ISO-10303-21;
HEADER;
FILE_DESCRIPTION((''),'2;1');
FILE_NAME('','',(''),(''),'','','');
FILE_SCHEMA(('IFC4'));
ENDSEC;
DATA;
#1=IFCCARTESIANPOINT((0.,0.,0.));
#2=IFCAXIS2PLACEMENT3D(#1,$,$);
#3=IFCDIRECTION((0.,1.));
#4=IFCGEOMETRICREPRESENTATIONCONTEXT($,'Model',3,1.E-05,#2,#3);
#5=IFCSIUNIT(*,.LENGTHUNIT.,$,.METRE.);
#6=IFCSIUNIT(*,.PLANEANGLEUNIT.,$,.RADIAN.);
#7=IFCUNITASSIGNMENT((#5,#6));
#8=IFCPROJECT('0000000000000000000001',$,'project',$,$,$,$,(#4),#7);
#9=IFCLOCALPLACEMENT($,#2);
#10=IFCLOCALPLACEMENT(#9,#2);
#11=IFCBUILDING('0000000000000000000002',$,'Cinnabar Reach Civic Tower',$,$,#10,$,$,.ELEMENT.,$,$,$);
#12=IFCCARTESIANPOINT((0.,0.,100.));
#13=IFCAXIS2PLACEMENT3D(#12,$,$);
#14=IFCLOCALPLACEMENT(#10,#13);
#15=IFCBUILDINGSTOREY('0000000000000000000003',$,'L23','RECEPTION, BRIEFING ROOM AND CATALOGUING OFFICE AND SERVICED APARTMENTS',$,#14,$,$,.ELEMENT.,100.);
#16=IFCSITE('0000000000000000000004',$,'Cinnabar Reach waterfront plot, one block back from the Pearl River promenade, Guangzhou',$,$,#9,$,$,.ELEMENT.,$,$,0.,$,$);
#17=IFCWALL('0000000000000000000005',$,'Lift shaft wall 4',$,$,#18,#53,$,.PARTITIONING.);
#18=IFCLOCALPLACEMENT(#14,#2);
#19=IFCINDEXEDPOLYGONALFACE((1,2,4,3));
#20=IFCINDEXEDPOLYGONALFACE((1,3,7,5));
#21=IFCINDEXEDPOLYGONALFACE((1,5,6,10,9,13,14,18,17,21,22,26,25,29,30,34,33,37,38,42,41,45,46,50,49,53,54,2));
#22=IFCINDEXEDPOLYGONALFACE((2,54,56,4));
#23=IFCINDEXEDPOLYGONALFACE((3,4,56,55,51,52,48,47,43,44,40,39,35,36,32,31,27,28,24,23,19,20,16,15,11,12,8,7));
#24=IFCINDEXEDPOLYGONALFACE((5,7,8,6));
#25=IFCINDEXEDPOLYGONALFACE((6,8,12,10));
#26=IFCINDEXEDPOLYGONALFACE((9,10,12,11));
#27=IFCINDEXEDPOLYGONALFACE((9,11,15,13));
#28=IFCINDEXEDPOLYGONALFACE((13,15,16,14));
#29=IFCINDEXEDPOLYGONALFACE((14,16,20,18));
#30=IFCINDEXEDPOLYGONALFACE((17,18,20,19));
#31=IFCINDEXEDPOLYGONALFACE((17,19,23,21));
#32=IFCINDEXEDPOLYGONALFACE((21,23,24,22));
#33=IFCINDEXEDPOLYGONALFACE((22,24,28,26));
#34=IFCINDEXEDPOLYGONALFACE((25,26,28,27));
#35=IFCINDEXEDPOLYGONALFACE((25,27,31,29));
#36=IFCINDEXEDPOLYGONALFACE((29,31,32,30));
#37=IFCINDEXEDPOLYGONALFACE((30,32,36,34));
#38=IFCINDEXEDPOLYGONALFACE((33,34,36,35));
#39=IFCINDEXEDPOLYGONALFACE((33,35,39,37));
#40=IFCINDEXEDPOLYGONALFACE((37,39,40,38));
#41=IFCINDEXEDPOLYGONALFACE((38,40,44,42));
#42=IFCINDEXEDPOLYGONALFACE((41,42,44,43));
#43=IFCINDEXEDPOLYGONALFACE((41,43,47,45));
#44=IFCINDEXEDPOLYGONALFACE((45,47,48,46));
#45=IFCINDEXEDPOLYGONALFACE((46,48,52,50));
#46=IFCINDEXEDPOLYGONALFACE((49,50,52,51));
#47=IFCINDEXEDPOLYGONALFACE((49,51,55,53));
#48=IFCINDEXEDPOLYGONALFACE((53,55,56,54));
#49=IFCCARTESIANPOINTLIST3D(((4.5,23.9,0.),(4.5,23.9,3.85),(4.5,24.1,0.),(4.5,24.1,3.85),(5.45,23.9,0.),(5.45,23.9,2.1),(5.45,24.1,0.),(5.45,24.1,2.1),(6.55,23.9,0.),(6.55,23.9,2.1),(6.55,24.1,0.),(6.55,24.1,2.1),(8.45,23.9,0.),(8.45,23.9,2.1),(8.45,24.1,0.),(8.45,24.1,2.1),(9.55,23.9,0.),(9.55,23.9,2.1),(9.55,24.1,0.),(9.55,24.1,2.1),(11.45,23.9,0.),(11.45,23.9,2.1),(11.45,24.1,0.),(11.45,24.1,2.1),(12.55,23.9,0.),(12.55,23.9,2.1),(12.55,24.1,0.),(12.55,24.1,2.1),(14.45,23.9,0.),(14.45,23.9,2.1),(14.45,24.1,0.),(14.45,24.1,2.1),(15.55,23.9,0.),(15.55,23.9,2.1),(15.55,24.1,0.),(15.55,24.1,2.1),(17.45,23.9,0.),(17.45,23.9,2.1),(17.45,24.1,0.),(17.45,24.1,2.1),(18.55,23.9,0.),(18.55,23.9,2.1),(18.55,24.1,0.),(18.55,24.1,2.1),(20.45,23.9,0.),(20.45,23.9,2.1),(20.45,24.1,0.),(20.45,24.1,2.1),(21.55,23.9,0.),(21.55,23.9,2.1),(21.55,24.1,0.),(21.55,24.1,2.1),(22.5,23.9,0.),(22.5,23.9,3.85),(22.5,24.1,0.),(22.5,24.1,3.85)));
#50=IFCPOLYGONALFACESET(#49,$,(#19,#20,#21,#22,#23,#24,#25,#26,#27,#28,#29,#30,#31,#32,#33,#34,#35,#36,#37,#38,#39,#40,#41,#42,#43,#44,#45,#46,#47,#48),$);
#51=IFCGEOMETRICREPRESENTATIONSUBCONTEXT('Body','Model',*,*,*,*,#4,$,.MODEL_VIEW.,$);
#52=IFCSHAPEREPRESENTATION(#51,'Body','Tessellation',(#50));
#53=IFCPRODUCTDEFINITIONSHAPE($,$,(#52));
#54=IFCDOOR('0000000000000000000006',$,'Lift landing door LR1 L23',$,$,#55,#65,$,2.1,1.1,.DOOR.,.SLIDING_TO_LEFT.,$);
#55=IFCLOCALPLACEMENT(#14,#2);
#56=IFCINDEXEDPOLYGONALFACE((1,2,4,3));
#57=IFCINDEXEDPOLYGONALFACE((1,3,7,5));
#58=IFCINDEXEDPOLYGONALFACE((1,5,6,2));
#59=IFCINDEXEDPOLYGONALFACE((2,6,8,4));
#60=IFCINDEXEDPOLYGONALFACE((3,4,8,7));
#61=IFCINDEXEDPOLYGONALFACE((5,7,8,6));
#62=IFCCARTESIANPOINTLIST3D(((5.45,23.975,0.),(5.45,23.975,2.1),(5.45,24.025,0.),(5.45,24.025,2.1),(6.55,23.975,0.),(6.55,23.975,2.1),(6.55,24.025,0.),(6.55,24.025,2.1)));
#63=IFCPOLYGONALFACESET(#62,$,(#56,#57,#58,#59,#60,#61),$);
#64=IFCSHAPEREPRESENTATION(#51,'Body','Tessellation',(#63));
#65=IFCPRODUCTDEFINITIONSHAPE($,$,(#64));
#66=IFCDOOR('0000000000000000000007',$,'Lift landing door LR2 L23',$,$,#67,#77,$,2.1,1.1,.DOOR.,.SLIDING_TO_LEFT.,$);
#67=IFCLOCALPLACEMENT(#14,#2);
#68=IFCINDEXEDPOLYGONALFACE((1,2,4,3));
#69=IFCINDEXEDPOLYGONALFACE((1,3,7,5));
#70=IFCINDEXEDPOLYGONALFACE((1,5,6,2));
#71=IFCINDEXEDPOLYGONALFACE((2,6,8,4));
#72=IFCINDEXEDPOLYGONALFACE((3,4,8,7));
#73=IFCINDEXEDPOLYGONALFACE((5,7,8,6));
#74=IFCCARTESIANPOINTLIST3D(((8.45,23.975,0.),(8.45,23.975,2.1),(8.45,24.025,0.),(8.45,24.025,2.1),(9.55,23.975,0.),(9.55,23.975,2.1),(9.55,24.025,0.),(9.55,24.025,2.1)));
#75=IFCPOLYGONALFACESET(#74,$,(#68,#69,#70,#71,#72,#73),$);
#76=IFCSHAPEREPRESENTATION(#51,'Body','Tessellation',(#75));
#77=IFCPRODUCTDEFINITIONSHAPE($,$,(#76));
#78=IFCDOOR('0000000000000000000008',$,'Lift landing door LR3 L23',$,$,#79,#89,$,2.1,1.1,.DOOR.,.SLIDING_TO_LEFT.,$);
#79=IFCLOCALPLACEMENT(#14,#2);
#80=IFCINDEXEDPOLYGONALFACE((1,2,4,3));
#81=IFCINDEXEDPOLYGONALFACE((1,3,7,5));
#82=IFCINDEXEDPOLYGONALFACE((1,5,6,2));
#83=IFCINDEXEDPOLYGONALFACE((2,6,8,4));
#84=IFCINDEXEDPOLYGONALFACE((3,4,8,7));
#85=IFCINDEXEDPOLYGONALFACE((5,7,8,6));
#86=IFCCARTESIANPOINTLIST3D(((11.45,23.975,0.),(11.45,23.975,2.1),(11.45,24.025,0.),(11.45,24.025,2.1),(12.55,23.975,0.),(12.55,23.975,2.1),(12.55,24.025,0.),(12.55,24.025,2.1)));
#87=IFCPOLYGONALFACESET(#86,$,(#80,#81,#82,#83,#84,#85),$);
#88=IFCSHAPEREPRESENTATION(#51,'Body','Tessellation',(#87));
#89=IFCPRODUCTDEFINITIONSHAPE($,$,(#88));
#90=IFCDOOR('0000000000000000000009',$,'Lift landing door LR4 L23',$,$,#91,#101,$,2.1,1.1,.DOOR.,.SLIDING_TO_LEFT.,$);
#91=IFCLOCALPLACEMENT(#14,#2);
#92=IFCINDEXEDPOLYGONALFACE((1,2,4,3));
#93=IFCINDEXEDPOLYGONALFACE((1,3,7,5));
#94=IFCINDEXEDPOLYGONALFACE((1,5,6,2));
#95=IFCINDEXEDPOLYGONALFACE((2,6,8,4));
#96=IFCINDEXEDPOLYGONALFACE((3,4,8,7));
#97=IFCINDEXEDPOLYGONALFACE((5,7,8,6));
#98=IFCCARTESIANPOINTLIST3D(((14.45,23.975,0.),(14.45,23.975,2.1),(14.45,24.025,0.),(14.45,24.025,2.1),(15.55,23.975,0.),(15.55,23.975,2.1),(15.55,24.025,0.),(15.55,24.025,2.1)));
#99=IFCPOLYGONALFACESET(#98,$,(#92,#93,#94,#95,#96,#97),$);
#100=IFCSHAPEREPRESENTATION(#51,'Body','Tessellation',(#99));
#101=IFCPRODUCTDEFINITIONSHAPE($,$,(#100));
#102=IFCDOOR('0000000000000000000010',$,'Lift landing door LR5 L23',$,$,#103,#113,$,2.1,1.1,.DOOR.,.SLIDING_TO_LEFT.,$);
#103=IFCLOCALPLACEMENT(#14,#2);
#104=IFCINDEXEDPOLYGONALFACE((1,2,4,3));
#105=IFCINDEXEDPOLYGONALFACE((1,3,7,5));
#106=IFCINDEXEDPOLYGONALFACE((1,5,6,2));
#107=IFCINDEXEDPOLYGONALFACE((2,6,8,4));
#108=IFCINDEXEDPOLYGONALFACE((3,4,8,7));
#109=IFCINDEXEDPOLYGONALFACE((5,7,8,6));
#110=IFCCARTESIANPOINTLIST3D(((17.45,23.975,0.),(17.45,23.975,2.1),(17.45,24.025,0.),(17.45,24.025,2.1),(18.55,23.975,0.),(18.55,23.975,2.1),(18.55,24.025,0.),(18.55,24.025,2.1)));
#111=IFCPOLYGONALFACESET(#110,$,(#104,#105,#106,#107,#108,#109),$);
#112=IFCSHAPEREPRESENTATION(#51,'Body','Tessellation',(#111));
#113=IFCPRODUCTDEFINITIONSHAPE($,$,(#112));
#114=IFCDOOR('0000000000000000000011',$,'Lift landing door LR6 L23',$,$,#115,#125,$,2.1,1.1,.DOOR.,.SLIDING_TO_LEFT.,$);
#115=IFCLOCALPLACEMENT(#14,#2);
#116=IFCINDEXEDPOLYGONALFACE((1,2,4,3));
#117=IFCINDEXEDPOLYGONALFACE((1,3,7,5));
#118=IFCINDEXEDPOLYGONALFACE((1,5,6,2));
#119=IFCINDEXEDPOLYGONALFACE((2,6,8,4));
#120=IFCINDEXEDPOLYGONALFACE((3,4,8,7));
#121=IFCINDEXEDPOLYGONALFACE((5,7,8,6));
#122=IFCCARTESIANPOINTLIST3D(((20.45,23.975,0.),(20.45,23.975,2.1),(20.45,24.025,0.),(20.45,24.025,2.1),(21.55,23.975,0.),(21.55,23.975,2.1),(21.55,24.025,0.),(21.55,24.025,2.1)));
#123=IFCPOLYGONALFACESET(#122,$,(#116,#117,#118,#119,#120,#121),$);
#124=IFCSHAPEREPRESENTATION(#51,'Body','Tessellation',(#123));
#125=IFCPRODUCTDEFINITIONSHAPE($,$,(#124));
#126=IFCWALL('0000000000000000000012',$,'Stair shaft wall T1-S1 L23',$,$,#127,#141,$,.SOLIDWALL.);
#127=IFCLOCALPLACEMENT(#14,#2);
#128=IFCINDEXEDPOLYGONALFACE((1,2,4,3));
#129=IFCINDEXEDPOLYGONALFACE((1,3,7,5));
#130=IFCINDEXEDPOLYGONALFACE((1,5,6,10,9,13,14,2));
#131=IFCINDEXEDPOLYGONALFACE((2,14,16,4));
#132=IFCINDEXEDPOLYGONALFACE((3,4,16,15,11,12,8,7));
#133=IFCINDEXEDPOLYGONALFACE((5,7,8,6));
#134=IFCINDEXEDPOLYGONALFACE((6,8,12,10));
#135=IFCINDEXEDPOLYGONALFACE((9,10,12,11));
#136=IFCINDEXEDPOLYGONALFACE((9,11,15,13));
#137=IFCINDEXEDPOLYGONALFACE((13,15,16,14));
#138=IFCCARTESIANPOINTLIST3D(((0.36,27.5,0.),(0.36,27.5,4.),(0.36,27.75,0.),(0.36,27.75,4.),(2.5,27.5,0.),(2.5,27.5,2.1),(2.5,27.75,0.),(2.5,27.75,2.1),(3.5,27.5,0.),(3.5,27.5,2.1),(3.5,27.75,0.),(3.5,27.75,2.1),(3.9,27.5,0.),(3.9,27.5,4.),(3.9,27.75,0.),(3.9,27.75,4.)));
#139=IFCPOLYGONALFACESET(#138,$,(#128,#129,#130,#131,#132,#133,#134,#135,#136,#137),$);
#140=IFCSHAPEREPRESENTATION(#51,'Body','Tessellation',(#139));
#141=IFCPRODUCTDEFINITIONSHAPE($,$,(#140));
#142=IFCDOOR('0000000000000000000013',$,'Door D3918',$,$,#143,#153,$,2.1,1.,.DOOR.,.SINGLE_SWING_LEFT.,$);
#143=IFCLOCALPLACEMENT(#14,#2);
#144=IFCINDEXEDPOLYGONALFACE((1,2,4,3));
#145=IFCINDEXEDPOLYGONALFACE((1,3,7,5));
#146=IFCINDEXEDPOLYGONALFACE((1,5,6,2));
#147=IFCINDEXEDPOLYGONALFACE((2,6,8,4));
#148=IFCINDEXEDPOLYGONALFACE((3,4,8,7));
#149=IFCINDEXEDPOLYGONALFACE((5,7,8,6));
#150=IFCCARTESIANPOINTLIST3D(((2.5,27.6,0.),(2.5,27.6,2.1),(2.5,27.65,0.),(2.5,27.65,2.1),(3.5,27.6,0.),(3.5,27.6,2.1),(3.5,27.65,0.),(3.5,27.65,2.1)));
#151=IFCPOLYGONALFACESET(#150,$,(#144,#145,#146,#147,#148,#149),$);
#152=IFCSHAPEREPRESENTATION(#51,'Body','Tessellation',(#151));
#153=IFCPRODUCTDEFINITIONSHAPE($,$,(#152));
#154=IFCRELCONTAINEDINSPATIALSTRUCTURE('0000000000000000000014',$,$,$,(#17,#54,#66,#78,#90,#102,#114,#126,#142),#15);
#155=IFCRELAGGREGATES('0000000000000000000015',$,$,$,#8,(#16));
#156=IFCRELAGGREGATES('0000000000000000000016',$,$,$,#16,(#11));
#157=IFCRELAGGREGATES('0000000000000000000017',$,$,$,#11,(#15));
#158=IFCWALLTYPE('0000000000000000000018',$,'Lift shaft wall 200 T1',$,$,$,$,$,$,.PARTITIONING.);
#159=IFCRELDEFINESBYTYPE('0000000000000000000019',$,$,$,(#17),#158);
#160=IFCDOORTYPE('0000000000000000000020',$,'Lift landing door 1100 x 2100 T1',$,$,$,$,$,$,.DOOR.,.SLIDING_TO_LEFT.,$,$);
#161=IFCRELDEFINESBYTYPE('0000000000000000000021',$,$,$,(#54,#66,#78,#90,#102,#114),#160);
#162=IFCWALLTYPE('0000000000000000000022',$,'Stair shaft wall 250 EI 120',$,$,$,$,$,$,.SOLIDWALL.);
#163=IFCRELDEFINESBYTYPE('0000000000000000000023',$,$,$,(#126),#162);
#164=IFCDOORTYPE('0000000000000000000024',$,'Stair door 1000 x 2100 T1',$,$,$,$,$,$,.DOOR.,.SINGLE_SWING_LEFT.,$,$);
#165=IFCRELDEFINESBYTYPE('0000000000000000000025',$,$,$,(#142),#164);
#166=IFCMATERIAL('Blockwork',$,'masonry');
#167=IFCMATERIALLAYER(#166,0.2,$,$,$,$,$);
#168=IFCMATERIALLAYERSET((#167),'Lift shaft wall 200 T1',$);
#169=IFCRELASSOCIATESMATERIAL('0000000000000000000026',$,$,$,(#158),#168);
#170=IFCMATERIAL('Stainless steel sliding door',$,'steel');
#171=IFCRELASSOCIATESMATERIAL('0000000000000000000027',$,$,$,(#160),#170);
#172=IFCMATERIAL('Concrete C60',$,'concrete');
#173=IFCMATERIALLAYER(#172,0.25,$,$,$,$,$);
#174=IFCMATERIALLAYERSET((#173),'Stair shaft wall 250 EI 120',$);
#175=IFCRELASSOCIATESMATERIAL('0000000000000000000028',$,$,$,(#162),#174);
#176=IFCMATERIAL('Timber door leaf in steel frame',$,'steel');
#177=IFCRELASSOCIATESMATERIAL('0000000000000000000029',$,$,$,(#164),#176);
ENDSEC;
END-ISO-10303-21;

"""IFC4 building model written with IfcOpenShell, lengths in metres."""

from ifc_helpers import new_model, si_unit, direction, frame, frame_2d, origin, place, context, subcontext, project, spatial, rectangle, extrude, material, layer, layer_set, type_object, element, fill, save


model = new_model("IFC4")

# Units and contexts
model_context = context("Model", 3, precision=1e-05, world=origin(), true_north=direction((0.0, 1.0)))
body_context = subcontext(model_context, "Body", "Model", "MODEL_VIEW")
ifc_project = project(units=[si_unit("LENGTHUNIT", "METRE"), si_unit("PLANEANGLEUNIT", "RADIAN")], contexts=[model_context])

# Site, building, storey
site_placement = place(None, origin())
site = spatial("IfcSite", under=ifc_project, at=site_placement, Name="Cinnabar Reach waterfront plot, one block back from the Pearl River promenade, Guangzhou", CompositionType="ELEMENT", RefElevation=0.0)
building_placement = place(site_placement, origin())
building = spatial("IfcBuilding", under=site, at=building_placement, Name="Cinnabar Reach Civic Tower", CompositionType="ELEMENT")
storey_placement = place(building_placement, frame((0.0, 0.0, 100.0)))
storey = spatial("IfcBuildingStorey", under=building, at=storey_placement, Name="L23", Description="RECEPTION, BRIEFING ROOM AND CATALOGUING OFFICE AND SERVICED APARTMENTS", CompositionType="ELEMENT", Elevation=100.0)

# Shared definitions
ifc_material_1 = material(Name="Timber door leaf in steel frame", Category="steel")

# Wall, openings, doors
ifc_material_2 = material(Name="Blockwork", Category="masonry")
ifc_layer_1 = layer(ifc_material_2, 0.2)
ifc_layer_set_1 = layer_set([ifc_layer_1], Name="Lift shaft wall 200 T1")
wall_type_1 = type_object("IfcWallType", Name="Lift shaft wall 200 T1", PredefinedType="PARTITIONING", material=ifc_layer_set_1)
wall_1_placement = place(storey_placement, frame((4.5, 24.0, 0.0), z_axis=(0.0, 0.0, 1.0), x_axis=(1.0, 0.0, 0.0)))
wall_1 = element("IfcWall", 1, at=wall_1_placement, inside=storey, type_object=wall_type_1, Name="Lift shaft wall 4", PredefinedType="PARTITIONING", context=body_context, shape_type="SweptSolid", body=[
    extrude(rectangle(XDim=18.0, YDim=0.2, at=frame_2d((9.0, 0.0))), origin(), (0.0, 0.0, 1.0), 3.85),
])
opening_1_placement = place(wall_1_placement, frame((0.95, 0.0, 0.0)))
opening_1 = element("IfcOpeningElement", 2, at=opening_1_placement, cuts=wall_1, PredefinedType="OPENING", context=body_context, shape_type="SweptSolid", body=[
    extrude(rectangle(XDim=1.1, YDim=2.1, at=frame_2d((0.55, 1.05))), frame((0.0, 0.11, 0.0), z_axis=(0.0, -1.0, 0.0), x_axis=(1.0, 0.0, 0.0)), (0.0, 0.0, 1.0), 0.22),
])
opening_2_placement = place(wall_1_placement, frame((3.95, 0.0, 0.0)))
opening_2 = element("IfcOpeningElement", 3, at=opening_2_placement, cuts=wall_1, PredefinedType="OPENING", context=body_context, shape_type="SweptSolid", body=[
    extrude(rectangle(XDim=1.1, YDim=2.1, at=frame_2d((0.55, 1.05))), frame((0.0, 0.11, 0.0), z_axis=(0.0, -1.0, 0.0), x_axis=(1.0, 0.0, 0.0)), (0.0, 0.0, 1.0), 0.22),
])
opening_3_placement = place(wall_1_placement, frame((6.95, 0.0, 0.0)))
opening_3 = element("IfcOpeningElement", 4, at=opening_3_placement, cuts=wall_1, PredefinedType="OPENING", context=body_context, shape_type="SweptSolid", body=[
    extrude(rectangle(XDim=1.1, YDim=2.1, at=frame_2d((0.55, 1.05))), frame((0.0, 0.11, 0.0), z_axis=(0.0, -1.0, 0.0), x_axis=(1.0, 0.0, 0.0)), (0.0, 0.0, 1.0), 0.22),
])
opening_4_placement = place(wall_1_placement, frame((9.95, 0.0, 0.0)))
opening_4 = element("IfcOpeningElement", 5, at=opening_4_placement, cuts=wall_1, PredefinedType="OPENING", context=body_context, shape_type="SweptSolid", body=[
    extrude(rectangle(XDim=1.1, YDim=2.1, at=frame_2d((0.55, 1.05))), frame((0.0, 0.11, 0.0), z_axis=(0.0, -1.0, 0.0), x_axis=(1.0, 0.0, 0.0)), (0.0, 0.0, 1.0), 0.22),
])
opening_5_placement = place(wall_1_placement, frame((12.95, 0.0, 0.0)))
opening_5 = element("IfcOpeningElement", 6, at=opening_5_placement, cuts=wall_1, PredefinedType="OPENING", context=body_context, shape_type="SweptSolid", body=[
    extrude(rectangle(XDim=1.1, YDim=2.1, at=frame_2d((0.55, 1.05))), frame((0.0, 0.11, 0.0), z_axis=(0.0, -1.0, 0.0), x_axis=(1.0, 0.0, 0.0)), (0.0, 0.0, 1.0), 0.22),
])
opening_6_placement = place(wall_1_placement, frame((15.95, 0.0, 0.0)))
opening_6 = element("IfcOpeningElement", 7, at=opening_6_placement, cuts=wall_1, PredefinedType="OPENING", context=body_context, shape_type="SweptSolid", body=[
    extrude(rectangle(XDim=1.1, YDim=2.1, at=frame_2d((0.55, 1.05))), frame((0.0, 0.11, 0.0), z_axis=(0.0, -1.0, 0.0), x_axis=(1.0, 0.0, 0.0)), (0.0, 0.0, 1.0), 0.22),
])
ifc_material_3 = material(Name="Stainless steel sliding door", Category="steel")
door_type_1 = type_object("IfcDoorType", Name="Lift landing door 1100 x 2100 T1", OperationType="SLIDING_TO_LEFT", PredefinedType="DOOR", material=ifc_material_3)
door_1_placement = place(opening_1_placement, origin())
door_1 = element("IfcDoor", 8, at=door_1_placement, inside=storey, type_object=door_type_1, Name="Lift landing door LR1 L23", OperationType="SLIDING_TO_LEFT", OverallHeight=2.1, OverallWidth=1.1, PredefinedType="DOOR", context=body_context, shape_type="SweptSolid", body=[
    extrude(rectangle(XDim=1.1, YDim=2.1, at=frame_2d((0.55, 1.05))), frame((0.0, 0.025, 0.0), z_axis=(0.0, -1.0, 0.0), x_axis=(1.0, 0.0, 0.0)), (0.0, 0.0, 1.0), 0.05),
])
fill(opening_1, door_1)
door_2_placement = place(opening_2_placement, origin())
door_2 = element("IfcDoor", 9, at=door_2_placement, inside=storey, type_object=door_type_1, Name="Lift landing door LR2 L23", OperationType="SLIDING_TO_LEFT", OverallHeight=2.1, OverallWidth=1.1, PredefinedType="DOOR", context=body_context, shape_type="SweptSolid", body=[
    extrude(rectangle(XDim=1.1, YDim=2.1, at=frame_2d((0.55, 1.05))), frame((0.0, 0.025, 0.0), z_axis=(0.0, -1.0, 0.0), x_axis=(1.0, 0.0, 0.0)), (0.0, 0.0, 1.0), 0.05),
])
fill(opening_2, door_2)
door_3_placement = place(opening_3_placement, origin())
door_3 = element("IfcDoor", 10, at=door_3_placement, inside=storey, type_object=door_type_1, Name="Lift landing door LR3 L23", OperationType="SLIDING_TO_LEFT", OverallHeight=2.1, OverallWidth=1.1, PredefinedType="DOOR", context=body_context, shape_type="SweptSolid", body=[
    extrude(rectangle(XDim=1.1, YDim=2.1, at=frame_2d((0.55, 1.05))), frame((0.0, 0.025, 0.0), z_axis=(0.0, -1.0, 0.0), x_axis=(1.0, 0.0, 0.0)), (0.0, 0.0, 1.0), 0.05),
])
fill(opening_3, door_3)
door_4_placement = place(opening_4_placement, origin())
door_4 = element("IfcDoor", 11, at=door_4_placement, inside=storey, type_object=door_type_1, Name="Lift landing door LR4 L23", OperationType="SLIDING_TO_LEFT", OverallHeight=2.1, OverallWidth=1.1, PredefinedType="DOOR", context=body_context, shape_type="SweptSolid", body=[
    extrude(rectangle(XDim=1.1, YDim=2.1, at=frame_2d((0.55, 1.05))), frame((0.0, 0.025, 0.0), z_axis=(0.0, -1.0, 0.0), x_axis=(1.0, 0.0, 0.0)), (0.0, 0.0, 1.0), 0.05),
])
fill(opening_4, door_4)
door_5_placement = place(opening_5_placement, origin())
door_5 = element("IfcDoor", 12, at=door_5_placement, inside=storey, type_object=door_type_1, Name="Lift landing door LR5 L23", OperationType="SLIDING_TO_LEFT", OverallHeight=2.1, OverallWidth=1.1, PredefinedType="DOOR", context=body_context, shape_type="SweptSolid", body=[
    extrude(rectangle(XDim=1.1, YDim=2.1, at=frame_2d((0.55, 1.05))), frame((0.0, 0.025, 0.0), z_axis=(0.0, -1.0, 0.0), x_axis=(1.0, 0.0, 0.0)), (0.0, 0.0, 1.0), 0.05),
])
fill(opening_5, door_5)
door_6_placement = place(opening_6_placement, origin())
door_6 = element("IfcDoor", 13, at=door_6_placement, inside=storey, type_object=door_type_1, Name="Lift landing door LR6 L23", OperationType="SLIDING_TO_LEFT", OverallHeight=2.1, OverallWidth=1.1, PredefinedType="DOOR", context=body_context, shape_type="SweptSolid", body=[
    extrude(rectangle(XDim=1.1, YDim=2.1, at=frame_2d((0.55, 1.05))), frame((0.0, 0.025, 0.0), z_axis=(0.0, -1.0, 0.0), x_axis=(1.0, 0.0, 0.0)), (0.0, 0.0, 1.0), 0.05),
])
fill(opening_6, door_6)

# Wall, opening, door
ifc_material_4 = material(Name="Concrete C60", Category="concrete")
ifc_layer_2 = layer(ifc_material_4, 0.25)
ifc_layer_set_2 = layer_set([ifc_layer_2], Name="Stair shaft wall 250 EI 120")
wall_type_2 = type_object("IfcWallType", Name="Stair shaft wall 250 EI 120", PredefinedType="SOLIDWALL", material=ifc_layer_set_2)
wall_2_placement = place(storey_placement, frame((3.9, 27.625, 0.0), z_axis=(0.0, 0.0, 1.0), x_axis=(-1.0, 0.0, 0.0)))
wall_2 = element("IfcWall", 14, at=wall_2_placement, inside=storey, type_object=wall_type_2, Name="Stair shaft wall T1-S1 L23", PredefinedType="SOLIDWALL", context=body_context, shape_type="SweptSolid", body=[
    extrude(rectangle(XDim=3.54, YDim=0.25, at=frame_2d((1.77, 0.0))), origin(), (0.0, 0.0, 1.0), 4.0),
])
opening_7_placement = place(wall_2_placement, frame((0.4, 0.0, 0.0)))
opening_7 = element("IfcOpeningElement", 15, at=opening_7_placement, cuts=wall_2, PredefinedType="OPENING", context=body_context, shape_type="SweptSolid", body=[
    extrude(rectangle(XDim=1.0, YDim=2.1, at=frame_2d((0.5, 1.05))), frame((0.0, 0.135, 0.0), z_axis=(0.0, -1.0, 0.0), x_axis=(1.0, 0.0, 0.0)), (0.0, 0.0, 1.0), 0.27),
])
door_type_2 = type_object("IfcDoorType", Name="Stair door 1000 x 2100 T1", OperationType="SINGLE_SWING_LEFT", PredefinedType="DOOR", material=ifc_material_1)
door_7_placement = place(opening_7_placement, origin())
door_7 = element("IfcDoor", 16, at=door_7_placement, inside=storey, type_object=door_type_2, Name="Door D3918", OperationType="SINGLE_SWING_LEFT", OverallHeight=2.1, OverallWidth=1.0, PredefinedType="DOOR", context=body_context, shape_type="SweptSolid", body=[
    extrude(rectangle(XDim=1.0, YDim=2.1, at=frame_2d((0.5, 1.05))), frame((0.0, 0.025, 0.0), z_axis=(0.0, -1.0, 0.0), x_axis=(1.0, 0.0, 0.0)), (0.0, 0.0, 1.0), 0.05),
])
fill(opening_7, door_7)

save(model, "model.ifc")
